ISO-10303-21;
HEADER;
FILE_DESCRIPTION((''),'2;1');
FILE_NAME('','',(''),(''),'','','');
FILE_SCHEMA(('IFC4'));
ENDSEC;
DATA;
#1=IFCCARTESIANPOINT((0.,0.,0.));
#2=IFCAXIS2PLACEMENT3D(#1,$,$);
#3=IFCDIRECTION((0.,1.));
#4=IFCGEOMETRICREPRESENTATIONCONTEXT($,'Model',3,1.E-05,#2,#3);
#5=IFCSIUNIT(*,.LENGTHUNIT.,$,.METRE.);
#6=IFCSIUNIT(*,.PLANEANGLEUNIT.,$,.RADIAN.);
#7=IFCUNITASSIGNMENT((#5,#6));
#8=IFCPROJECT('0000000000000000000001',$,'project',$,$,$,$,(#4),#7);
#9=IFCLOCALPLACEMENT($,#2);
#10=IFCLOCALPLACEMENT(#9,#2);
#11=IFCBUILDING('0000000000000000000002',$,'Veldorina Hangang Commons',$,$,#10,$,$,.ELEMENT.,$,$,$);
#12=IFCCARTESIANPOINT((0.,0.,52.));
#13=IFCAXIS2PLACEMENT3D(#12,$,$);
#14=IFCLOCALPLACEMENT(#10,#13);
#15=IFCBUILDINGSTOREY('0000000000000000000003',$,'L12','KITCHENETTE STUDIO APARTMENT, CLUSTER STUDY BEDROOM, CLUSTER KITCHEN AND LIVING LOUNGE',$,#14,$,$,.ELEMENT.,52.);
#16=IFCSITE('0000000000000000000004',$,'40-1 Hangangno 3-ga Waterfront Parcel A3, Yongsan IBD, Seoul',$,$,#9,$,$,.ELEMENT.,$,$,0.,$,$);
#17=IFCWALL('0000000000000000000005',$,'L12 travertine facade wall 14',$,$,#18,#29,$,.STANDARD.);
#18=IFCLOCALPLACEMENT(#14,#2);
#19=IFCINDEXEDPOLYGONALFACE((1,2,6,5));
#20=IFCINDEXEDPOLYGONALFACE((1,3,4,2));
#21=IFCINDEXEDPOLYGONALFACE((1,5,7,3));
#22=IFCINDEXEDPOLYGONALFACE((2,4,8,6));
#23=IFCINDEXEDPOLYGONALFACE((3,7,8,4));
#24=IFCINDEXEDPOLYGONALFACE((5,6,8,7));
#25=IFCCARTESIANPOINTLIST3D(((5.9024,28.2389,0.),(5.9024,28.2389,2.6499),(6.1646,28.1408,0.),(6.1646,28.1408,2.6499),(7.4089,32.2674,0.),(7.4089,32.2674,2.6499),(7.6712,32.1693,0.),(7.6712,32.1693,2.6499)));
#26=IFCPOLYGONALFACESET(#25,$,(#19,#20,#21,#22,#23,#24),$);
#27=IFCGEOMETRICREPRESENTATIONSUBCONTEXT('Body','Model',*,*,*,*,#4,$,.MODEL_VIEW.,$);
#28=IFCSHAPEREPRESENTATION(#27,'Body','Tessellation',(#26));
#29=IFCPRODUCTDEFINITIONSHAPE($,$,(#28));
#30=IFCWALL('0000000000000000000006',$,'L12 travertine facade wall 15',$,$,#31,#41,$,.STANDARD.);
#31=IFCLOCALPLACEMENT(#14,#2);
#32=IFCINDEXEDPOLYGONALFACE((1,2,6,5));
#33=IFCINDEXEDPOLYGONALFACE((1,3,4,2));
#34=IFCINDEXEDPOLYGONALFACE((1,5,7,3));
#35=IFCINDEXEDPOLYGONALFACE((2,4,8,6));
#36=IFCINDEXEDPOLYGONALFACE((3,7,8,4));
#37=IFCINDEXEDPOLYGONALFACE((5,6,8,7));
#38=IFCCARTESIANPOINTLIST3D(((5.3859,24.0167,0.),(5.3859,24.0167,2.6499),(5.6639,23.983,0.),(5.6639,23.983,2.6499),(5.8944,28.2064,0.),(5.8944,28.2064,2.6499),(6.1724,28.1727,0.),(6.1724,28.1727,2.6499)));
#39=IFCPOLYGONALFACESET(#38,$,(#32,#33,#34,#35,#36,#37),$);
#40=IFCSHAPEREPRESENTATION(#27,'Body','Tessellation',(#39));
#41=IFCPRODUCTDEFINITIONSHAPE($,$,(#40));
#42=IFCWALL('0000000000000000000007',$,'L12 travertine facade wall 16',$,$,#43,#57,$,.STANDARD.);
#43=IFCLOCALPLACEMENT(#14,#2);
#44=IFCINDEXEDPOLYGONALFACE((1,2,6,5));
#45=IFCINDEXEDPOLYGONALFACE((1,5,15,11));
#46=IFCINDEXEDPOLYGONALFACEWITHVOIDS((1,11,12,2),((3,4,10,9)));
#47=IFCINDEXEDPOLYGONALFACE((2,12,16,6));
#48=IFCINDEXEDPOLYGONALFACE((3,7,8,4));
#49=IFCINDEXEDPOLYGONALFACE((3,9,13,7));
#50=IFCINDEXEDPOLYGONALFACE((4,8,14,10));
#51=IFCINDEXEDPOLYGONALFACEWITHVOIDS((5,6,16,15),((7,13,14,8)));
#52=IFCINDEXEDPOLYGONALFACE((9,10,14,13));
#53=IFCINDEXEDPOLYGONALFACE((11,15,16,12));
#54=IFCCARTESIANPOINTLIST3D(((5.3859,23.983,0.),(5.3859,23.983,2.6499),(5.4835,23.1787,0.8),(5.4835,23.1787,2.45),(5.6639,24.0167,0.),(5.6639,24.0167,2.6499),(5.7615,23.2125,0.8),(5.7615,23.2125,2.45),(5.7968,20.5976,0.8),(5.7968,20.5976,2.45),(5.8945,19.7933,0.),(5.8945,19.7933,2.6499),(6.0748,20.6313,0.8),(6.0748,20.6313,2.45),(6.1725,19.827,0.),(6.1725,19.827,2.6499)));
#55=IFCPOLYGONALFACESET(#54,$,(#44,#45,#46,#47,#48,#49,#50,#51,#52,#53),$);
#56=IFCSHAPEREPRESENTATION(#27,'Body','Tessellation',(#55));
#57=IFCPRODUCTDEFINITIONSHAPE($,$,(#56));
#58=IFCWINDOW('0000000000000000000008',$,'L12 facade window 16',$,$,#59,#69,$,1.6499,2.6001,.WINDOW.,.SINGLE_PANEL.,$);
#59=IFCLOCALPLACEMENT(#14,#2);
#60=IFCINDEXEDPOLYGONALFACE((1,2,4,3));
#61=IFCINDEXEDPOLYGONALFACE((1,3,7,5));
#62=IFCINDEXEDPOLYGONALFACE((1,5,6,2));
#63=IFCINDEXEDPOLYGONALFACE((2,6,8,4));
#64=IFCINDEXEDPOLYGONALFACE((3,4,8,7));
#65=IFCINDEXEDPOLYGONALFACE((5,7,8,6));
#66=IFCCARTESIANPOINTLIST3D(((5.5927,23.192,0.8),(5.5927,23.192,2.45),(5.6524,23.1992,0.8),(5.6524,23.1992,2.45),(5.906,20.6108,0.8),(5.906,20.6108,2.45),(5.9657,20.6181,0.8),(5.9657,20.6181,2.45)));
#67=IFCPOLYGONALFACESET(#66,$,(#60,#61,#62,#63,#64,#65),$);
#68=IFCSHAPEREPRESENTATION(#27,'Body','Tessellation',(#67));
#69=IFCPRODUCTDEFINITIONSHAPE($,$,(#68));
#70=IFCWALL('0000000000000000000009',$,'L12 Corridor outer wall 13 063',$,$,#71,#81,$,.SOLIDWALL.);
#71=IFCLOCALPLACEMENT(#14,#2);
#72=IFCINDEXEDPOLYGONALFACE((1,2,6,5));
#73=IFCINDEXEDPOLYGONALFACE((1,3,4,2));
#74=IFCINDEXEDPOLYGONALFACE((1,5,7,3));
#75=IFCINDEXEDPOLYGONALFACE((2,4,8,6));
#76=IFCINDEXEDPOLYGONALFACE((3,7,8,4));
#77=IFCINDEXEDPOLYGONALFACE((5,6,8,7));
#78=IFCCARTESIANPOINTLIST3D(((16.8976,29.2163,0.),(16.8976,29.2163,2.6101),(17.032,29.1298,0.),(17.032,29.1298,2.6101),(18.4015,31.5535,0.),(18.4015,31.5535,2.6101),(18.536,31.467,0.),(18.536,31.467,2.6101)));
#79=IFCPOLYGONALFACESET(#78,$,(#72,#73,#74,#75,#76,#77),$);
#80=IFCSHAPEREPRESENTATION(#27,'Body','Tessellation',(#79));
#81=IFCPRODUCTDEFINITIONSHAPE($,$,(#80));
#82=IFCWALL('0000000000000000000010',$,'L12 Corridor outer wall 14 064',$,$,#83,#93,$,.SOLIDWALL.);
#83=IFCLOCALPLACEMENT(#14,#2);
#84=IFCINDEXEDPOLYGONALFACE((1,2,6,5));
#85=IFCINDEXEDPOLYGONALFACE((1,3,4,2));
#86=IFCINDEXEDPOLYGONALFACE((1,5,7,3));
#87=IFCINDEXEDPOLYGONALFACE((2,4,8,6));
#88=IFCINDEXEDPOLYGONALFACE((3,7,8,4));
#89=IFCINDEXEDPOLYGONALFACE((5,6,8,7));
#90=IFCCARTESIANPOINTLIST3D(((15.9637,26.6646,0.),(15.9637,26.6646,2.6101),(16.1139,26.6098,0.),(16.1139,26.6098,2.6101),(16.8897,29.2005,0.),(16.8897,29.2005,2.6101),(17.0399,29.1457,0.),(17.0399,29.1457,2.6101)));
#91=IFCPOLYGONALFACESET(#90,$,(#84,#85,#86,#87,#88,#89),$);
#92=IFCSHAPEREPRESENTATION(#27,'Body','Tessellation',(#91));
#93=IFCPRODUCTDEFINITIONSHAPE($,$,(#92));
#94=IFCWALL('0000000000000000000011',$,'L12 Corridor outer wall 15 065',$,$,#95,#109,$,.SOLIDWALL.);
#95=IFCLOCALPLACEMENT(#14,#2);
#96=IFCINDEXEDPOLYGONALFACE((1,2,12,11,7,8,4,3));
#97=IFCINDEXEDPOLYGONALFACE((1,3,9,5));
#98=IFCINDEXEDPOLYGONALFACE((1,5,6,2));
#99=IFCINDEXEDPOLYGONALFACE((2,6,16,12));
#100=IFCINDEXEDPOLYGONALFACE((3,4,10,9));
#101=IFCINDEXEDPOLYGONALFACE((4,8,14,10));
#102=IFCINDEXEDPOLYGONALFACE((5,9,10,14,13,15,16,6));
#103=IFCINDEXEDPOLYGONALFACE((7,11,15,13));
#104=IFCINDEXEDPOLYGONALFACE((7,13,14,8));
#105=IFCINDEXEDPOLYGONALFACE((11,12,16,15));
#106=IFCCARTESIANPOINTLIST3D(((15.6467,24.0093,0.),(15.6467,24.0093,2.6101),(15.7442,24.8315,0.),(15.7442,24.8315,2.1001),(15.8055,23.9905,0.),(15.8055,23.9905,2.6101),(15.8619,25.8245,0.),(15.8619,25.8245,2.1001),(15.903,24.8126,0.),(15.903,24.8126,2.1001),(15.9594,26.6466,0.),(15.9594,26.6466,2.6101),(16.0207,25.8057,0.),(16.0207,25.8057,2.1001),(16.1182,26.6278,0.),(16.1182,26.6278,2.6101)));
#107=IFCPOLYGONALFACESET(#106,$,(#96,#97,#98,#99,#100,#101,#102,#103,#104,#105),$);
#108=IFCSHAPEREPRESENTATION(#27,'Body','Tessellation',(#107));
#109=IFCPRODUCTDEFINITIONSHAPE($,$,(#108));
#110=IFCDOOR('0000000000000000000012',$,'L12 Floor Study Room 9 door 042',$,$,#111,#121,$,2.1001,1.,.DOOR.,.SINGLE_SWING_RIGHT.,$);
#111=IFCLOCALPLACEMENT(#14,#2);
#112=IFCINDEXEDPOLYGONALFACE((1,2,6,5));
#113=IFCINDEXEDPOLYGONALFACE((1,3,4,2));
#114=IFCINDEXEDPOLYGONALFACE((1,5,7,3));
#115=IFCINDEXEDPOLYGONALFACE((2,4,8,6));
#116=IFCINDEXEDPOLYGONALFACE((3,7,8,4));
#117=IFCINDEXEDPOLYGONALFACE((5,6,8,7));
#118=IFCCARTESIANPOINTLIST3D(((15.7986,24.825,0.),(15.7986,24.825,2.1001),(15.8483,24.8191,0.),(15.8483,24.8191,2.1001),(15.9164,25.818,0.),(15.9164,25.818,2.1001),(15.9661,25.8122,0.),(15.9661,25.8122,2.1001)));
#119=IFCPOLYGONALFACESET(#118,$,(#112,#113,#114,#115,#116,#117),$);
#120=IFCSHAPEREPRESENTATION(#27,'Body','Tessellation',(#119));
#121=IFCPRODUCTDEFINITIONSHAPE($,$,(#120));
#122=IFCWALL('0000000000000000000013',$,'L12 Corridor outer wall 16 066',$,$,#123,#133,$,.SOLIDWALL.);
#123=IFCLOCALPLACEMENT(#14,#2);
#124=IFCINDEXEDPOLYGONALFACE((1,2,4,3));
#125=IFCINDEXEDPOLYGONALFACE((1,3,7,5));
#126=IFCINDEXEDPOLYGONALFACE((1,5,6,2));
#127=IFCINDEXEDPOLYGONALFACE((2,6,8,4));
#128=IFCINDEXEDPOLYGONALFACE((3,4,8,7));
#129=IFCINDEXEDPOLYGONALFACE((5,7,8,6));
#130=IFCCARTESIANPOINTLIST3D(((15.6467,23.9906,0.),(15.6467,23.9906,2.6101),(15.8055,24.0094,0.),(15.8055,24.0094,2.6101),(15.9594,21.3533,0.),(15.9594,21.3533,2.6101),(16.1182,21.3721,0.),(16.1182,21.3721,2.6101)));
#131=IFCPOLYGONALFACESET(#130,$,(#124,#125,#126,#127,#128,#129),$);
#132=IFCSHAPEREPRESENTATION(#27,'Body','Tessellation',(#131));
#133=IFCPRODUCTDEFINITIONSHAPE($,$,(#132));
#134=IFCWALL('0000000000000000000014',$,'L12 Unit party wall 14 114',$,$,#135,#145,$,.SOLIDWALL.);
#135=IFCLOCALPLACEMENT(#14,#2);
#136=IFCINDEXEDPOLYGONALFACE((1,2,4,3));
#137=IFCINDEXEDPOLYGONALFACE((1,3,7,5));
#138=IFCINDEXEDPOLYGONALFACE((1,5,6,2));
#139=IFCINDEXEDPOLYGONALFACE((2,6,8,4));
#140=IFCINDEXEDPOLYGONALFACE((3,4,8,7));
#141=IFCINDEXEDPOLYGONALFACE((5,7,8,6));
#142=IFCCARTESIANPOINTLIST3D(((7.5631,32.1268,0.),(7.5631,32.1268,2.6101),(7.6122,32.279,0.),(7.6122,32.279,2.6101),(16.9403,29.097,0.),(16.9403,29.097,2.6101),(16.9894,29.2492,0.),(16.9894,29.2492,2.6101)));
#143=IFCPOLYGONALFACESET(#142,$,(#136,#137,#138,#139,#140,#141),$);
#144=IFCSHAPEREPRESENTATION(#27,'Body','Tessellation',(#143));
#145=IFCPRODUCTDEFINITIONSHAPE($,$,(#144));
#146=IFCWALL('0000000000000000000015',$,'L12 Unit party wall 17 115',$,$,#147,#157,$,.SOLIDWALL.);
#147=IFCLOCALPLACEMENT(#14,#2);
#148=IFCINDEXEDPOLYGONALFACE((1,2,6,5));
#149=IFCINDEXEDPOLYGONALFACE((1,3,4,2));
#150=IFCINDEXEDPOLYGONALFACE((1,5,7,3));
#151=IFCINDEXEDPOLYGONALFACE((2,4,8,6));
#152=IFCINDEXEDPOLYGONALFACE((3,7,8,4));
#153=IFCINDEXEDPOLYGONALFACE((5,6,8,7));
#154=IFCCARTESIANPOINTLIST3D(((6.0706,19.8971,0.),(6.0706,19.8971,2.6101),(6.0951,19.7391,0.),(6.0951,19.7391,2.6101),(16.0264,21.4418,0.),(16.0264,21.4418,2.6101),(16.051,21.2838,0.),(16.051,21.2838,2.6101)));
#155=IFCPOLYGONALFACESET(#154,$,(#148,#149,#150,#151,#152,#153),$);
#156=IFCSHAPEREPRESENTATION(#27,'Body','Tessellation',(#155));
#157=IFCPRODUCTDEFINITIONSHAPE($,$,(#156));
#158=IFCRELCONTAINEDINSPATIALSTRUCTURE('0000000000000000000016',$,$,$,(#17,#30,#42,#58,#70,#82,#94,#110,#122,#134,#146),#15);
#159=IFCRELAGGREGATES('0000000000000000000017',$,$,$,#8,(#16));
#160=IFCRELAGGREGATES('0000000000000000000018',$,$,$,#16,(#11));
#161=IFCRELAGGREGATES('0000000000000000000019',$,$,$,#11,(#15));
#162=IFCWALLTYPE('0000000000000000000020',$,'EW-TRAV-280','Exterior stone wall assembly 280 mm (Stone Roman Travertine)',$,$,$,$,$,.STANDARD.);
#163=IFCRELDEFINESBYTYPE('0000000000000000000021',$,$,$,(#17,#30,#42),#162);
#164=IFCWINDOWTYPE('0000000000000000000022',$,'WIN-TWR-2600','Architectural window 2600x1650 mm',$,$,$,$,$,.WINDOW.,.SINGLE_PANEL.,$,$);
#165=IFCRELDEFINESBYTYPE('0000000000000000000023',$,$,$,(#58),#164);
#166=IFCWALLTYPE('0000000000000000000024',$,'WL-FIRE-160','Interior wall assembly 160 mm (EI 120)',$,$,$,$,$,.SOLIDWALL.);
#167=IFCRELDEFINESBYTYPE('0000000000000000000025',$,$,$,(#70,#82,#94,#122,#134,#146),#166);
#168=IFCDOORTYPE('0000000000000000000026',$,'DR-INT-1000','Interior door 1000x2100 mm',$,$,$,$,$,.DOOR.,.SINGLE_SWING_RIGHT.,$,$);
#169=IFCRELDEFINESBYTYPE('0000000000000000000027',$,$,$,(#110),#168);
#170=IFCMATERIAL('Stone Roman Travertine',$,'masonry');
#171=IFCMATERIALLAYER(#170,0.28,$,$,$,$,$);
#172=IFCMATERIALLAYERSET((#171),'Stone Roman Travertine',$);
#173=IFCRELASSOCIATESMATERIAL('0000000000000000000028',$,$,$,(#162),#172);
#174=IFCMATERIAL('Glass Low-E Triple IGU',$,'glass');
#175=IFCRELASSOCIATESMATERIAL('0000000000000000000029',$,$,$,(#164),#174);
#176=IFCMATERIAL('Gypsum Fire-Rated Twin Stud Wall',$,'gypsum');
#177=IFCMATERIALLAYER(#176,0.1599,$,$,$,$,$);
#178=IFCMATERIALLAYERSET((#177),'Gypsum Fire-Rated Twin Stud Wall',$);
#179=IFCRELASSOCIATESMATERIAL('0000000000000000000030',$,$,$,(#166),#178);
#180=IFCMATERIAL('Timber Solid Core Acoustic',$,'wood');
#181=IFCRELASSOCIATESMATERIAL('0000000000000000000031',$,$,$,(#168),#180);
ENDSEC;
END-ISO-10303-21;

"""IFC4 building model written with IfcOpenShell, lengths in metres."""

from ifc_helpers import new_model, si_unit, direction, frame, frame_2d, origin, place, context, subcontext, project, spatial, rectangle, extrude, material, layer, layer_set, type_object, element, fill, save


model = new_model("IFC4")

# Units and contexts
model_context = context("Model", 3, precision=1e-05, world=origin(), true_north=direction((0.0, 1.0)))
body_context = subcontext(model_context, "Body", "Model", "MODEL_VIEW")
ifc_project = project(units=[si_unit("LENGTHUNIT", "METRE"), si_unit("PLANEANGLEUNIT", "RADIAN")], contexts=[model_context])

# Site, building, storey
site_placement = place(None, origin())
site = spatial("IfcSite", under=ifc_project, at=site_placement, Name="40-1 Hangangno 3-ga Waterfront Parcel A3, Yongsan IBD, Seoul", CompositionType="ELEMENT", RefElevation=0.0)
building_placement = place(site_placement, origin())
building = spatial("IfcBuilding", under=site, at=building_placement, Name="Veldorina Hangang Commons", CompositionType="ELEMENT")
storey_placement = place(building_placement, frame((0.0, 0.0, 52.0)))
storey = spatial("IfcBuildingStorey", under=building, at=storey_placement, Name="L12", Description="KITCHENETTE STUDIO APARTMENT, CLUSTER STUDY BEDROOM, CLUSTER KITCHEN AND LIVING LOUNGE", CompositionType="ELEMENT", Elevation=52.0)

# Walls
ifc_material_1 = material(Name="Stone Roman Travertine", Category="masonry")
ifc_layer_1 = layer(ifc_material_1, 0.28)
ifc_layer_set_1 = layer_set([ifc_layer_1], Name="Stone Roman Travertine")
wall_type_1 = type_object("IfcWallType", Name="EW-TRAV-280", Description="Exterior stone wall assembly 280 mm (Stone Roman Travertine)", PredefinedType="STANDARD", material=ifc_layer_set_1)
wall_1_placement = place(storey_placement, frame((7.54, 32.2183, 0.0), z_axis=(0.0, 0.0, 1.0), x_axis=(-0.350284, -0.936644, 0.0)))
element("IfcWall", 1, at=wall_1_placement, inside=storey, type_object=wall_type_1, Name="L12 travertine facade wall 14", PredefinedType="STANDARD", context=body_context, shape_type="SweptSolid", body=[
    extrude(rectangle(XDim=4.301, YDim=0.28, at=frame_2d((2.1504, 0.0))), origin(), (0.0, 0.0, 1.0), 2.6499),
])
wall_2_placement = place(storey_placement, frame((6.0334, 28.1897, 0.0), z_axis=(0.0, 0.0, 1.0), x_axis=(-0.120495, -0.992714, 0.0)))
element("IfcWall", 2, at=wall_2_placement, inside=storey, type_object=wall_type_1, Name="L12 travertine facade wall 15", PredefinedType="STANDARD", context=body_context, shape_type="SweptSolid", body=[
    extrude(rectangle(XDim=4.2205, YDim=0.28, at=frame_2d((2.1104, 0.0))), origin(), (0.0, 0.0, 1.0), 2.6499),
])

# Wall, opening, window
wall_3_placement = place(storey_placement, frame((5.5249, 24.0, 0.0), z_axis=(0.0, 0.0, 1.0), x_axis=(0.120495, -0.992714, 0.0)))
wall_3 = element("IfcWall", 3, at=wall_3_placement, inside=storey, type_object=wall_type_1, Name="L12 travertine facade wall 16", PredefinedType="STANDARD", context=body_context, shape_type="SweptSolid", body=[
    extrude(rectangle(XDim=4.2205, YDim=0.28, at=frame_2d((2.1104, 0.0))), origin(), (0.0, 0.0, 1.0), 2.6499),
])
opening_1_placement = place(wall_3_placement, frame((0.8103, 0.0, 0.8)))
opening_1 = element("IfcOpeningElement", 4, at=opening_1_placement, cuts=wall_3, PredefinedType="OPENING", context=body_context, shape_type="SweptSolid", body=[
    extrude(rectangle(XDim=2.6001, YDim=1.6499, at=frame_2d((1.3, 0.825))), frame((0.0, 0.1499, 0.0), z_axis=(0.0, -1.0, 0.0), x_axis=(1.0, 0.0, 0.0)), (0.0, 0.0, 1.0), 0.3),
])
ifc_material_2 = material(Name="Glass Low-E Triple IGU", Category="glass")
window_type = type_object("IfcWindowType", Name="WIN-TWR-2600", Description="Architectural window 2600x1650 mm", PartitioningType="SINGLE_PANEL", PredefinedType="WINDOW", material=ifc_material_2)
window_placement = place(opening_1_placement, origin())
window = element("IfcWindow", 5, at=window_placement, inside=storey, type_object=window_type, Name="L12 facade window 16", OverallHeight=1.6499, OverallWidth=2.6001, PartitioningType="SINGLE_PANEL", PredefinedType="WINDOW", context=body_context, shape_type="SweptSolid", body=[
    extrude(rectangle(XDim=2.6001, YDim=1.6499, at=frame_2d((1.3, 0.825))), frame((0.0, 0.03, 0.0), z_axis=(0.0, -1.0, 0.0), x_axis=(1.0, 0.0, 0.0)), (0.0, 0.0, 1.0), 0.0601),
])
fill(opening_1, window)

# Walls
ifc_material_3 = material(Name="Gypsum Fire-Rated Twin Stud Wall", Category="gypsum")
ifc_layer_2 = layer(ifc_material_3, 0.1599)
ifc_layer_set_2 = layer_set([ifc_layer_2], Name="Gypsum Fire-Rated Twin Stud Wall")
wall_type_2 = type_object("IfcWallType", Name="WL-FIRE-160", Description="Interior wall assembly 160 mm (EI 120)", PredefinedType="SOLIDWALL", material=ifc_layer_set_2)
wall_4_placement = place(storey_placement, frame((18.4688, 31.5103, 0.0), z_axis=(0.0, 0.0, 1.0), x_axis=(-0.541126, -0.840941, 0.0)))
element("IfcWall", 6, at=wall_4_placement, inside=storey, type_object=wall_type_2, Name="L12 Corridor outer wall 13 063", PredefinedType="SOLIDWALL", context=body_context, shape_type="SweptSolid", body=[
    extrude(rectangle(XDim=2.7793, YDim=0.1599, at=frame_2d((1.3896, 0.0))), origin(), (0.0, 0.0, 1.0), 2.6101),
])
wall_5_placement = place(storey_placement, frame((16.9648, 29.1731, 0.0), z_axis=(0.0, 0.0, 1.0), x_axis=(-0.343013, -0.93933, 0.0)))
element("IfcWall", 7, at=wall_5_placement, inside=storey, type_object=wall_type_2, Name="L12 Corridor outer wall 14 064", PredefinedType="SOLIDWALL", context=body_context, shape_type="SweptSolid", body=[
    extrude(rectangle(XDim=2.6997, YDim=0.1599, at=frame_2d((1.3499, 0.0))), origin(), (0.0, 0.0, 1.0), 2.6101),
])

# Wall, opening, door
wall_6_placement = place(storey_placement, frame((16.0388, 26.6372, 0.0), z_axis=(0.0, 0.0, 1.0), x_axis=(-0.117764, -0.993042, 0.0)))
wall_6 = element("IfcWall", 8, at=wall_6_placement, inside=storey, type_object=wall_type_2, Name="L12 Corridor outer wall 15 065", PredefinedType="SOLIDWALL", context=body_context, shape_type="SweptSolid", body=[
    extrude(rectangle(XDim=2.6558, YDim=0.1599, at=frame_2d((1.3279, 0.0))), origin(), (0.0, 0.0, 1.0), 2.6101),
])
opening_2_placement = place(wall_6_placement, frame((0.8279, 0.0, 0.0)))
opening_2 = element("IfcOpeningElement", 9, at=opening_2_placement, cuts=wall_6, PredefinedType="OPENING", context=body_context, shape_type="SweptSolid", body=[
    extrude(rectangle(XDim=1.0, YDim=2.1001, at=frame_2d((0.5, 1.05))), frame((0.0, 0.0898, 0.0), z_axis=(0.0, -1.0, 0.0), x_axis=(1.0, 0.0, 0.0)), (0.0, 0.0, 1.0), 0.1799),
])
ifc_material_4 = material(Name="Timber Solid Core Acoustic", Category="wood")
door_type = type_object("IfcDoorType", Name="DR-INT-1000", Description="Interior door 1000x2100 mm", OperationType="SINGLE_SWING_RIGHT", PredefinedType="DOOR", material=ifc_material_4)
door_placement = place(opening_2_placement, origin())
door = element("IfcDoor", 10, at=door_placement, inside=storey, type_object=door_type, Name="L12 Floor Study Room 9 door 042", OperationType="SINGLE_SWING_RIGHT", OverallHeight=2.1001, OverallWidth=1.0, PredefinedType="DOOR", context=body_context, shape_type="SweptSolid", body=[
    extrude(rectangle(XDim=1.0, YDim=2.1001, at=frame_2d((0.5, 1.05))), frame((0.0, 0.0249, 0.0), z_axis=(0.0, -1.0, 0.0), x_axis=(1.0, 0.0, 0.0)), (0.0, 0.0, 1.0), 0.05),
])
fill(opening_2, door)

# Walls
wall_7_placement = place(storey_placement, frame((15.7261, 24.0, 0.0), z_axis=(0.0, 0.0, 1.0), x_axis=(0.117764, -0.993042, 0.0)))
element("IfcWall", 11, at=wall_7_placement, inside=storey, type_object=wall_type_2, Name="L12 Corridor outer wall 16 066", PredefinedType="SOLIDWALL", context=body_context, shape_type="SweptSolid", body=[
    extrude(rectangle(XDim=2.6558, YDim=0.1599, at=frame_2d((1.3279, 0.0))), origin(), (0.0, 0.0, 1.0), 2.6101),
])
wall_8_placement = place(storey_placement, frame((16.9648, 29.1731, 0.0), z_axis=(0.0, 0.0, 1.0), x_axis=(-0.951564, 0.307452, 0.0)))
element("IfcWall", 12, at=wall_8_placement, inside=storey, type_object=wall_type_2, Name="L12 Unit party wall 14 114", PredefinedType="SOLIDWALL", context=body_context, shape_type="SweptSolid", body=[
    extrude(rectangle(XDim=9.8545, YDim=0.1599, at=frame_2d((4.9272, 0.0))), origin(), (0.0, 0.0, 1.0), 2.6101),
])
wall_9_placement = place(storey_placement, frame((16.0388, 21.3628, 0.0), z_axis=(0.0, 0.0, 1.0), x_axis=(-0.988177, -0.153319, 0.0)))
element("IfcWall", 13, at=wall_9_placement, inside=storey, type_object=wall_type_2, Name="L12 Unit party wall 17 115", PredefinedType="SOLIDWALL", context=body_context, shape_type="SweptSolid", body=[
    extrude(rectangle(XDim=10.075, YDim=0.1599, at=frame_2d((5.0376, 0.0))), origin(), (0.0, 0.0, 1.0), 2.6101),
])

save(model, "model.ifc")
